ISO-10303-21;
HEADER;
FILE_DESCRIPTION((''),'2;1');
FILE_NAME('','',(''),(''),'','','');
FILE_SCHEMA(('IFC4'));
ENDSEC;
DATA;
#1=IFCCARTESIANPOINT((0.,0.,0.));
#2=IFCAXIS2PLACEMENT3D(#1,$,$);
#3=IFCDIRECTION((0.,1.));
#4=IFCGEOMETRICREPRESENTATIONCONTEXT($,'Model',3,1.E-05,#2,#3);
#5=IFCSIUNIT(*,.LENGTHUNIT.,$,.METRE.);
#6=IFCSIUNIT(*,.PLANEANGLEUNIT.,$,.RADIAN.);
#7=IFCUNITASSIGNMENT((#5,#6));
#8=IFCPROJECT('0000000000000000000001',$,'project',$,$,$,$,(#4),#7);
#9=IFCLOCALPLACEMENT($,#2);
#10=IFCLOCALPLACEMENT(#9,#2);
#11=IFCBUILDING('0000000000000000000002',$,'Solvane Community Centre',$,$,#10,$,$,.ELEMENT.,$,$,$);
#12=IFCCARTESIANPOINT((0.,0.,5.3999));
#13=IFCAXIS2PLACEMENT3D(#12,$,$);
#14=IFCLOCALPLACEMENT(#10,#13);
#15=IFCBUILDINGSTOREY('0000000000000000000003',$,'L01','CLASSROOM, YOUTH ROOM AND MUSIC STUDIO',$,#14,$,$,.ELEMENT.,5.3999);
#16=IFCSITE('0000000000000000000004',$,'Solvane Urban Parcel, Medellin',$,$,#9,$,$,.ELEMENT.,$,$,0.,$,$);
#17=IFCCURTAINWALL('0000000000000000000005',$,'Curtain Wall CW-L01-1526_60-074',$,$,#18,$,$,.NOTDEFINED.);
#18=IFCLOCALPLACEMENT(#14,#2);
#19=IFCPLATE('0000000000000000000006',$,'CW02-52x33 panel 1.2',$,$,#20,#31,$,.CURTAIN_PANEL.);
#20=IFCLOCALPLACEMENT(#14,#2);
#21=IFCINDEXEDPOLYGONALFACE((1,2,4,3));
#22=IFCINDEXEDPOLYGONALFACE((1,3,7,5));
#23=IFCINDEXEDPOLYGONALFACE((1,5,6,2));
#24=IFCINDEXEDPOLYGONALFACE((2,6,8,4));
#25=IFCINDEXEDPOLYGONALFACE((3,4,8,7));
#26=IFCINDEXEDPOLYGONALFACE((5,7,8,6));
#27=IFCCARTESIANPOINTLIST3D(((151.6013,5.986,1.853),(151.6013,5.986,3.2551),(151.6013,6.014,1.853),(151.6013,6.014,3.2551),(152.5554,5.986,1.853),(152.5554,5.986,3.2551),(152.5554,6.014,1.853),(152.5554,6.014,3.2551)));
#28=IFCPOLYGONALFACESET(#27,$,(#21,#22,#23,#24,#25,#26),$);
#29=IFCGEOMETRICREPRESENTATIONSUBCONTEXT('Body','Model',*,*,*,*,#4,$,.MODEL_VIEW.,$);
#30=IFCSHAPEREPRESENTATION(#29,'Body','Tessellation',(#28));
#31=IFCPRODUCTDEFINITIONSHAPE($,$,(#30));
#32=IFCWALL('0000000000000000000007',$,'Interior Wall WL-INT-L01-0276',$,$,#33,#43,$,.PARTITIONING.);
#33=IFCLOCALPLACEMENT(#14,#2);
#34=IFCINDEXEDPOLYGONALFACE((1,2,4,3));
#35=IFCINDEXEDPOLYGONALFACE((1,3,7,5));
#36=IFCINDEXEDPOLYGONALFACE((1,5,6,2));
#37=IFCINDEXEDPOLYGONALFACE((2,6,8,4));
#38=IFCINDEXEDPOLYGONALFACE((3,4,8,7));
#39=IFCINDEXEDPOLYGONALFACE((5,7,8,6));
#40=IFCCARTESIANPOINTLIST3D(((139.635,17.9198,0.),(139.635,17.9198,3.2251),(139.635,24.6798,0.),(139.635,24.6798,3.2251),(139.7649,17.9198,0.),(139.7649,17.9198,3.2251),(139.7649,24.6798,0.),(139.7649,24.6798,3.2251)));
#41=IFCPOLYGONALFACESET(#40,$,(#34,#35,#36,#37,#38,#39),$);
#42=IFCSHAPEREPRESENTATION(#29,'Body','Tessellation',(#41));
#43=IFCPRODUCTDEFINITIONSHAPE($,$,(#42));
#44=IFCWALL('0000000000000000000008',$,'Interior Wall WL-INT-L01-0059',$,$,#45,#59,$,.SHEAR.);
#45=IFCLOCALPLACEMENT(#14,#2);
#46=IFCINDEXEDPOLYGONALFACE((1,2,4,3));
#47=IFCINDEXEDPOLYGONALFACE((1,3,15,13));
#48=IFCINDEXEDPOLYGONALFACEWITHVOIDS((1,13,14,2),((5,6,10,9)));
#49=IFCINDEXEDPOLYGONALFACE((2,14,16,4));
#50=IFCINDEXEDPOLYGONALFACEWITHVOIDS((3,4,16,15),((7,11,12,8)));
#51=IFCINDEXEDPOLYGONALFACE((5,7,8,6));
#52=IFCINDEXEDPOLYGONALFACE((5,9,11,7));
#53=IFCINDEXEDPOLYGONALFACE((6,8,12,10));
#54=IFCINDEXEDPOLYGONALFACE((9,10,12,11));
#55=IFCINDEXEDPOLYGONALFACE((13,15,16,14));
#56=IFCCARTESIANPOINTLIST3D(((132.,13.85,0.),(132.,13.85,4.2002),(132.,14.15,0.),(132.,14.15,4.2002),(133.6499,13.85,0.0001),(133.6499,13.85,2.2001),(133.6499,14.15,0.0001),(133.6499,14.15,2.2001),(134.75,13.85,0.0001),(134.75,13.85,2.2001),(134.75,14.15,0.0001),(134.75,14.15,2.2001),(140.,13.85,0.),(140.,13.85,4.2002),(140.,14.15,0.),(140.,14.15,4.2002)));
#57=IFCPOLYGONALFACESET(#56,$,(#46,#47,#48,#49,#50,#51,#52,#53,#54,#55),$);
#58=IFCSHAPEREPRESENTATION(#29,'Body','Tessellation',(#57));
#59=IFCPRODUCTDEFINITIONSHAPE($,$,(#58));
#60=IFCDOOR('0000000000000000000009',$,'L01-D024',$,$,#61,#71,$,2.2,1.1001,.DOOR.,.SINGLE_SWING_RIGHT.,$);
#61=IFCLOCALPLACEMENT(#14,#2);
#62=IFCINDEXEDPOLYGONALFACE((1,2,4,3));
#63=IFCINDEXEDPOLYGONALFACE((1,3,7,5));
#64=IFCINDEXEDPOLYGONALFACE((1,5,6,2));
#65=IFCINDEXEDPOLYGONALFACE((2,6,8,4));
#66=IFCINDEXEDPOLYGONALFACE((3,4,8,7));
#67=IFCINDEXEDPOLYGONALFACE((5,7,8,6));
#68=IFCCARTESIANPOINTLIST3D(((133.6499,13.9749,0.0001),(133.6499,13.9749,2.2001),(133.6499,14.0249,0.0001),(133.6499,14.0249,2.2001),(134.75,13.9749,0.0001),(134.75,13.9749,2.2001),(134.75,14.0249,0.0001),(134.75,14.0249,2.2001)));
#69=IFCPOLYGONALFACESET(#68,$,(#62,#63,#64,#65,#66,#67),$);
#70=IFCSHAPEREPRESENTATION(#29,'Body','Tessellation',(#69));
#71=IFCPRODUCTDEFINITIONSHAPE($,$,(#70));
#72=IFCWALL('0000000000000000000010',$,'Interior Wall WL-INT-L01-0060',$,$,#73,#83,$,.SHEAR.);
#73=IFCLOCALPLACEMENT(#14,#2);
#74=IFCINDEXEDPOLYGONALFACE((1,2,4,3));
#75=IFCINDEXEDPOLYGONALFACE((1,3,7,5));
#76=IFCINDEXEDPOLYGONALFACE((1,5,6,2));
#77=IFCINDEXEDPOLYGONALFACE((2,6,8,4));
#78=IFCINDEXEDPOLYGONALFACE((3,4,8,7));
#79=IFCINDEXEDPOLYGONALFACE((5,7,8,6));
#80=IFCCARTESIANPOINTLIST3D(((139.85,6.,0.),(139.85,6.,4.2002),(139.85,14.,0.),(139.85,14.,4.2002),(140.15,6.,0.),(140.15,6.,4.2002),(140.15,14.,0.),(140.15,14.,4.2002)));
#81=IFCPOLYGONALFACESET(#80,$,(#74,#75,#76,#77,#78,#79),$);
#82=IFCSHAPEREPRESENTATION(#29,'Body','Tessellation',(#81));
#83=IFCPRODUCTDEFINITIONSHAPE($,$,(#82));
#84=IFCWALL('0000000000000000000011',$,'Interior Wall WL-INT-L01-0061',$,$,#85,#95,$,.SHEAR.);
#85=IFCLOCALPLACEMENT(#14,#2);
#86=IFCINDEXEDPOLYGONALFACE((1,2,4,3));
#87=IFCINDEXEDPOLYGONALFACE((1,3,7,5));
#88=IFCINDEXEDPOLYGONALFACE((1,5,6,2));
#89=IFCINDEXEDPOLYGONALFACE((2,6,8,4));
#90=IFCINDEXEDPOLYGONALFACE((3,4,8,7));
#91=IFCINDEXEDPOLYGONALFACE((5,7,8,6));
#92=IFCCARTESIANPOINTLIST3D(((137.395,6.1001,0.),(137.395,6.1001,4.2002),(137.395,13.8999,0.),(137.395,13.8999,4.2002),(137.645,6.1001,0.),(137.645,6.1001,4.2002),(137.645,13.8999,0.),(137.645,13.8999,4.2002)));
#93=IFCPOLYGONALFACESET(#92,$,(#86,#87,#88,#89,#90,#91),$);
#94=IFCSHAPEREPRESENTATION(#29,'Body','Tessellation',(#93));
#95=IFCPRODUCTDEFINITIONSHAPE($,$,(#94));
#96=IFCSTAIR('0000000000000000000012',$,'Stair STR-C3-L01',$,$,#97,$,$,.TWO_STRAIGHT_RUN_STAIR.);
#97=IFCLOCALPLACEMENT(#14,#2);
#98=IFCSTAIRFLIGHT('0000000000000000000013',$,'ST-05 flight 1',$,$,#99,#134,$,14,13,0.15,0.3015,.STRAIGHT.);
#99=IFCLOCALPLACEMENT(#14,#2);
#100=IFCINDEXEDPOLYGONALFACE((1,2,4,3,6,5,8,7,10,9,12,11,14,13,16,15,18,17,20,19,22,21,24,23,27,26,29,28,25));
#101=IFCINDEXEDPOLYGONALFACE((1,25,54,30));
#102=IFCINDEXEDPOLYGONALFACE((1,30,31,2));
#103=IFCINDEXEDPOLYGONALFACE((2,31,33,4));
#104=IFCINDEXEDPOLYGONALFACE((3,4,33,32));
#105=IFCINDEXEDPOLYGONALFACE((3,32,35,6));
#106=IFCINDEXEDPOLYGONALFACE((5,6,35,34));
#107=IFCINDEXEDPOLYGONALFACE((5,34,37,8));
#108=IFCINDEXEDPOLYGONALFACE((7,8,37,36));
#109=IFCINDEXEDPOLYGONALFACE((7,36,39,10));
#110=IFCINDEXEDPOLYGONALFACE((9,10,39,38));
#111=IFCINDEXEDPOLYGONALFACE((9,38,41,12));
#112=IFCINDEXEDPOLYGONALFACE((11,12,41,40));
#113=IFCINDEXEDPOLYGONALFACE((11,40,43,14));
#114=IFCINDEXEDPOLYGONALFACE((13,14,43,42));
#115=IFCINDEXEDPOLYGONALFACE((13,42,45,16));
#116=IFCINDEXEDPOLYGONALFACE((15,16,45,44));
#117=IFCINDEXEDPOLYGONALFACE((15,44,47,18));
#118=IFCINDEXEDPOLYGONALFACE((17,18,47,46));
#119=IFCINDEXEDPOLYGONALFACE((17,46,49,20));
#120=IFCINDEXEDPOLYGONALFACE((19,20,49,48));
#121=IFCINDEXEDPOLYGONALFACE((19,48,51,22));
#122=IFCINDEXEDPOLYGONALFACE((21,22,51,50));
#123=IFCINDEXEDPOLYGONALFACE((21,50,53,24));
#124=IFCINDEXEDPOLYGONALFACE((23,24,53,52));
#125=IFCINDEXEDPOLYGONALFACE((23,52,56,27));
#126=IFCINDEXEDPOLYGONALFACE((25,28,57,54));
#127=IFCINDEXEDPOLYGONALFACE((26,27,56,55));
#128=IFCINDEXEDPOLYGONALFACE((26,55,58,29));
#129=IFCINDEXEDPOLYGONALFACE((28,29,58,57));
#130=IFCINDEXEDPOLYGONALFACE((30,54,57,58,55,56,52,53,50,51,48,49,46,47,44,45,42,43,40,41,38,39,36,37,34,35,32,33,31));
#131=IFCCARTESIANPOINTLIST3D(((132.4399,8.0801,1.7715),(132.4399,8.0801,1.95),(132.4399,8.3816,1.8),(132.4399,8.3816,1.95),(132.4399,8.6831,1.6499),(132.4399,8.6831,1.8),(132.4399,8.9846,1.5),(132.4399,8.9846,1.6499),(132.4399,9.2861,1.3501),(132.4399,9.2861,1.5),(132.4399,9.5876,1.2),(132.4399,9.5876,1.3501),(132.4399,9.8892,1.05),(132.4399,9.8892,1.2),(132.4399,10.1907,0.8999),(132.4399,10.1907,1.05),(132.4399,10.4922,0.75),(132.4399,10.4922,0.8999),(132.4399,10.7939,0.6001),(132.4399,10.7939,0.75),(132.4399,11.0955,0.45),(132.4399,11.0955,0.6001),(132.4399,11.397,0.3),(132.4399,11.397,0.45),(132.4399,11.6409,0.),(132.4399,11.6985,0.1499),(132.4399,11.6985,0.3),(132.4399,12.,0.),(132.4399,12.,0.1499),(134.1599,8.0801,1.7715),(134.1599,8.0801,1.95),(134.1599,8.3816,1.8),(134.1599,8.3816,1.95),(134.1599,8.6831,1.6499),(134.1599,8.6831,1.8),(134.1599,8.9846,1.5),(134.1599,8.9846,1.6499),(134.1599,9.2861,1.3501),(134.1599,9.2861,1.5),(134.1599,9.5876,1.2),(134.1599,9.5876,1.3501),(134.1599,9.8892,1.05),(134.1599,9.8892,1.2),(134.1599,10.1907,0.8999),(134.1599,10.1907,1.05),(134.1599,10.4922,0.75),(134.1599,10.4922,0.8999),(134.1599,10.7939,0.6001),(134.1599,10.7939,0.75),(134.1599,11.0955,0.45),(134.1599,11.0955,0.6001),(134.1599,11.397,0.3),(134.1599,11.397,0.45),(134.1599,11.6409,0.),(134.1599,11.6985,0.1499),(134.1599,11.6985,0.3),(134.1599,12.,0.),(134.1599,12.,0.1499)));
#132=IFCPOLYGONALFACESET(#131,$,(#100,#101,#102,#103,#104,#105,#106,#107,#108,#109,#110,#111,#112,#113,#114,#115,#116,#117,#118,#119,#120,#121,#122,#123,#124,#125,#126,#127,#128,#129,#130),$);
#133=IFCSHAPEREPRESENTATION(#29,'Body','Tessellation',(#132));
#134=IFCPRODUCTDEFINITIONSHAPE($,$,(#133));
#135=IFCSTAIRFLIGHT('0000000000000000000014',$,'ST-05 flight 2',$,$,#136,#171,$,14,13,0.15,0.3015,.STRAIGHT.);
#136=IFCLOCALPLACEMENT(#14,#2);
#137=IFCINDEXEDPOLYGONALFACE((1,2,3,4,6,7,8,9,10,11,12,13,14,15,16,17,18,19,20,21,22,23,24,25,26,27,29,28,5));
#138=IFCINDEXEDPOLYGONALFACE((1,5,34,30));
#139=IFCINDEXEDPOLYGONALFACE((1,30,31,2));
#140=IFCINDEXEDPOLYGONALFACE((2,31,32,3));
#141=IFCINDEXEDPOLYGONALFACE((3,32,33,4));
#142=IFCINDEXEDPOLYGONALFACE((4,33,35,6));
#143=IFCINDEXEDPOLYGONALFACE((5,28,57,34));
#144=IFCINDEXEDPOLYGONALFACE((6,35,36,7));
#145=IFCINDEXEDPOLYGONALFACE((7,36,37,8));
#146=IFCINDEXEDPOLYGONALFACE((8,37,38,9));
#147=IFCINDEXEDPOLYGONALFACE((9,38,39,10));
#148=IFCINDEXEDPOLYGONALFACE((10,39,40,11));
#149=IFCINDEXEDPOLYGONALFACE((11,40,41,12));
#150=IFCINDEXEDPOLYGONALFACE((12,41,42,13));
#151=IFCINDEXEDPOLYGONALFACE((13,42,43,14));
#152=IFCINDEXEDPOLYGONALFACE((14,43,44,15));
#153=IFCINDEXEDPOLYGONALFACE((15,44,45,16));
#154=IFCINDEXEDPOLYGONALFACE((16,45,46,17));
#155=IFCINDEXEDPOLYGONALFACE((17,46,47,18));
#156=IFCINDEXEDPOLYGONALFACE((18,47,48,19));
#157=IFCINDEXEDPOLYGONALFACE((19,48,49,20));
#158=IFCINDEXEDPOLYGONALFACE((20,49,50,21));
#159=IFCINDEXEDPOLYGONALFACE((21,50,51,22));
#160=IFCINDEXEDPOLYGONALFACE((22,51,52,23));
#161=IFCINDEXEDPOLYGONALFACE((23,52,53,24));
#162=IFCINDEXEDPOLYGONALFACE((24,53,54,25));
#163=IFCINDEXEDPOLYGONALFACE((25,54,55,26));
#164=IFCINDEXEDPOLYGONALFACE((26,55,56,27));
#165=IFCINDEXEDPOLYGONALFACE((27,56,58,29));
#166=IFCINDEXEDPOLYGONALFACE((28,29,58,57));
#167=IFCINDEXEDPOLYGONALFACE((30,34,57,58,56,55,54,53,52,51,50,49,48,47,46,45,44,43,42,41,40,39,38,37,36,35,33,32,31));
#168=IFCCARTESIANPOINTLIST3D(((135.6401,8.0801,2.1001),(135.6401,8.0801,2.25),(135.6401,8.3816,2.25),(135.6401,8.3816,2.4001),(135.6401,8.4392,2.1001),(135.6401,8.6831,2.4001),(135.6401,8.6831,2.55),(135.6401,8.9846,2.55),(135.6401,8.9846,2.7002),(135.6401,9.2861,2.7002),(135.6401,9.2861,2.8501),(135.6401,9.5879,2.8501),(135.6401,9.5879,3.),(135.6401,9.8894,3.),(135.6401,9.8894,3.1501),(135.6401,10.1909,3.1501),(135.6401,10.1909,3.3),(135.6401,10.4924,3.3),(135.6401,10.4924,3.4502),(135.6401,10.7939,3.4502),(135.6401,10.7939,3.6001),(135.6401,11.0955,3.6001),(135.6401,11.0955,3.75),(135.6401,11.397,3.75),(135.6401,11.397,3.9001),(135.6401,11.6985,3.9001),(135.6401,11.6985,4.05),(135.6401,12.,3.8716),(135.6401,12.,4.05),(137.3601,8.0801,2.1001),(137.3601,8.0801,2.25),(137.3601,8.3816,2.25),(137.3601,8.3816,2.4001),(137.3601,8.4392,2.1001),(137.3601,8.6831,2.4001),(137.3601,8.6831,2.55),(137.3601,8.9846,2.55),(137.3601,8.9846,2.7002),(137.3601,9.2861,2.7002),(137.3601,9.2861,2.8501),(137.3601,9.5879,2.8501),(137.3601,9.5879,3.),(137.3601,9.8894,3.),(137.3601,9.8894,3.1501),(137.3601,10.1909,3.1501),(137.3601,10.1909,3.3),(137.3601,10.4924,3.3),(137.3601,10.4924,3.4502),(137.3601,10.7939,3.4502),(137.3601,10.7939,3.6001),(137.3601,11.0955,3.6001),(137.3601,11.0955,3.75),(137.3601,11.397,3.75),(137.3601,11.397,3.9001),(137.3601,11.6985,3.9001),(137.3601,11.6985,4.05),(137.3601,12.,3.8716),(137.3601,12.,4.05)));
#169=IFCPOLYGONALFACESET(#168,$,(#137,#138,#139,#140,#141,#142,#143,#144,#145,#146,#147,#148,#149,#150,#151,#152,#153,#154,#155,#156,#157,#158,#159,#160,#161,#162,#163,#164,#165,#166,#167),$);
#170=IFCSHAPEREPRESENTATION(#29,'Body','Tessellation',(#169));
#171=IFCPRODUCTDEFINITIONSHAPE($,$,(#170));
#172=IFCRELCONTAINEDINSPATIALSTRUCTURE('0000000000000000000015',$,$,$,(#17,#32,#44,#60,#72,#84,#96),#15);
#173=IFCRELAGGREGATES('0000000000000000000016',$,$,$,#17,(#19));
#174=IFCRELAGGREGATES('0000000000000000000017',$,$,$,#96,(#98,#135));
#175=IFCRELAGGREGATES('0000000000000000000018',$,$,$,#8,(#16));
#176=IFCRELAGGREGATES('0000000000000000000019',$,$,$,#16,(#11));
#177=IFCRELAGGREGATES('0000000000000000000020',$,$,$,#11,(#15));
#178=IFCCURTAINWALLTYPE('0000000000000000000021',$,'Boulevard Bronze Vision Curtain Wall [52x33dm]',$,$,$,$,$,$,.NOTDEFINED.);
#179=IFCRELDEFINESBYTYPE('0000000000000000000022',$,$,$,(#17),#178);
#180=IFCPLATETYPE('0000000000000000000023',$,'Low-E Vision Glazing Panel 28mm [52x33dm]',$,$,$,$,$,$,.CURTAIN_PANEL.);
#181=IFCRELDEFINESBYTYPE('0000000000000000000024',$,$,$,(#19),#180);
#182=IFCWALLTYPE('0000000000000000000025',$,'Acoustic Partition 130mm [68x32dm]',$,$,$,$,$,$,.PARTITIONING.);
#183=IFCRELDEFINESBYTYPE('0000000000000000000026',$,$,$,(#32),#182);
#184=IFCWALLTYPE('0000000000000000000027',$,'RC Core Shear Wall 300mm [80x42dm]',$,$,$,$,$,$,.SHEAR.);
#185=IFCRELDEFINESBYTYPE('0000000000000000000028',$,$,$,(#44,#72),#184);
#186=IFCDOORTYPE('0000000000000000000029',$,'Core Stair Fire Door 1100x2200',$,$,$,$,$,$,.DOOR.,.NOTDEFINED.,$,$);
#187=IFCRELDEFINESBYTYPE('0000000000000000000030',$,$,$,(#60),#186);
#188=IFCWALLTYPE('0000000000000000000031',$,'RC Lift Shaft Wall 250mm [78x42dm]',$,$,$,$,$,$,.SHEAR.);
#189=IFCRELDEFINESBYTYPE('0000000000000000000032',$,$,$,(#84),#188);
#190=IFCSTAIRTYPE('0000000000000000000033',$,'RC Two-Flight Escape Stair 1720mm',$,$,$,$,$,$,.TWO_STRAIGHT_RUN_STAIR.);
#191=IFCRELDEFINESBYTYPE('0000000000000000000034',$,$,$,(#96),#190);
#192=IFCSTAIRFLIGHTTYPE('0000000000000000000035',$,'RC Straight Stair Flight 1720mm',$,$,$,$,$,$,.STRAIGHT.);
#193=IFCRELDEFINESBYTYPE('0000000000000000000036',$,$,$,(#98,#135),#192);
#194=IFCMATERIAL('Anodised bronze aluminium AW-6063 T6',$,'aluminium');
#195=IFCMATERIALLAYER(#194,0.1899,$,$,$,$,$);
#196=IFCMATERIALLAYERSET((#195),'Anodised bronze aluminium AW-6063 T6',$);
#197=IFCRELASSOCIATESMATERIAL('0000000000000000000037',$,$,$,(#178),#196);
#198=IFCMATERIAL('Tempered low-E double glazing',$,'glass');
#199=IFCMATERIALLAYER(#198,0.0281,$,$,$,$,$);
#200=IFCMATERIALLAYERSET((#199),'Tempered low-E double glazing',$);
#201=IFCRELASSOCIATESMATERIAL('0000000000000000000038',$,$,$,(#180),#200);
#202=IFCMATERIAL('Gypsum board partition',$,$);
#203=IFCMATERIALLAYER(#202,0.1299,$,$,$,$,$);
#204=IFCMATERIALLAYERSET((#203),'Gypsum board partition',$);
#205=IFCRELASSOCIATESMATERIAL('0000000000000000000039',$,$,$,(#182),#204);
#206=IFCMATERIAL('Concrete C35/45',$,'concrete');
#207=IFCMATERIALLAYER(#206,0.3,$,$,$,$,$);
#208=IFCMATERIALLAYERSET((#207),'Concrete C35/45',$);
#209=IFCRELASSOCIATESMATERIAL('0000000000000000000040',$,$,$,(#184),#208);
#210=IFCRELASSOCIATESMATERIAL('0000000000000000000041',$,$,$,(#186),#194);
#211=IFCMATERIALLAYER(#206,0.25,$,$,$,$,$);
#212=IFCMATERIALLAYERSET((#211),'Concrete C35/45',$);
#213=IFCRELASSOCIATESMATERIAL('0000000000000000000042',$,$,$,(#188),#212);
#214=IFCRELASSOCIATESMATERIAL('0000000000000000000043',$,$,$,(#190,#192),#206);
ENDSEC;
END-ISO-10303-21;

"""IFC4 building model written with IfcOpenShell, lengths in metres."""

from ifc_helpers import new_model, si_unit, direction, frame, frame_2d, origin, origin_2d, place, context, subcontext, project, spatial, polyline, rectangle, outline, extrude, material, layer, layer_set, type_object, element, fill, aggregate, save


model = new_model("IFC4")

# Units and contexts
model_context = context("Model", 3, precision=1e-05, world=origin(), true_north=direction((0.0, 1.0)))
body_context = subcontext(model_context, "Body", "Model", "MODEL_VIEW")
ifc_project = project(units=[si_unit("LENGTHUNIT", "METRE"), si_unit("PLANEANGLEUNIT", "RADIAN")], contexts=[model_context])

# Site, building, storey
site_placement = place(None, origin())
site = spatial("IfcSite", under=ifc_project, at=site_placement, Name="Solvane Urban Parcel, Medellin", CompositionType="ELEMENT", RefElevation=0.0)
building_placement = place(site_placement, origin())
building = spatial("IfcBuilding", under=site, at=building_placement, Name="Solvane Community Centre", CompositionType="ELEMENT")
storey_placement = place(building_placement, frame((0.0, 0.0, 5.3999)))
storey = spatial("IfcBuildingStorey", under=building, at=storey_placement, Name="L01", Description="CLASSROOM, YOUTH ROOM AND MUSIC STUDIO", CompositionType="ELEMENT", Elevation=5.3999)

# Shared definitions
ifc_material_1 = material(Name="Concrete C35/45", Category="concrete")

# Curtain wall
ifc_material_2 = material(Name="Anodised bronze aluminium AW-6063 T6", Category="aluminium")
ifc_layer_1 = layer(ifc_material_2, 0.1899)
ifc_layer_set_1 = layer_set([ifc_layer_1], Name="Anodised bronze aluminium AW-6063 T6")
curtain_wall_type = type_object("IfcCurtainWallType", Name="Boulevard Bronze Vision Curtain Wall [52x33dm]", PredefinedType="NOTDEFINED", material=ifc_layer_set_1)
curtain_wall_placement = place(storey_placement, origin())
curtain_wall = element("IfcCurtainWall", 1, at=curtain_wall_placement, inside=storey, type_object=curtain_wall_type, Name="Curtain Wall CW-L01-1526_60-074", PredefinedType="NOTDEFINED")

# Plate
ifc_material_3 = material(Name="Tempered low-E double glazing", Category="glass")
ifc_layer_2 = layer(ifc_material_3, 0.0281)
ifc_layer_set_2 = layer_set([ifc_layer_2], Name="Tempered low-E double glazing")
plate_type = type_object("IfcPlateType", Name="Low-E Vision Glazing Panel 28mm [52x33dm]", PredefinedType="CURTAIN_PANEL", material=ifc_layer_set_2)
plate_1_placement = place(storey_placement, frame((152.0784, 6.0, 1.853), z_axis=(0.0, 0.0, 1.0), x_axis=(-1.0, 0.0, 0.0)))
plate_1 = element("IfcPlate", 2, at=plate_1_placement, type_object=plate_type, Name="CW02-52x33 panel 1.2", PredefinedType="CURTAIN_PANEL", context=body_context, shape_type="SweptSolid", body=[
    extrude(rectangle(XDim=0.9541, YDim=0.0281, at=origin_2d()), origin(), (0.0, 0.0, 1.0), 1.4021),
])
aggregate(curtain_wall, [plate_1])

# Wall
ifc_material_4 = material(Name="Gypsum board partition")
ifc_layer_3 = layer(ifc_material_4, 0.1299)
ifc_layer_set_3 = layer_set([ifc_layer_3], Name="Gypsum board partition")
wall_type_1 = type_object("IfcWallType", Name="Acoustic Partition 130mm [68x32dm]", PredefinedType="PARTITIONING", material=ifc_layer_set_3)
wall_1_placement = place(storey_placement, frame((139.7, 17.9199, 0.0), z_axis=(0.0, 0.0, 1.0), x_axis=(0.0, 1.0, 0.0)))
element("IfcWall", 3, at=wall_1_placement, inside=storey, type_object=wall_type_1, Name="Interior Wall WL-INT-L01-0276", PredefinedType="PARTITIONING", context=body_context, shape_type="SweptSolid", body=[
    extrude(rectangle(XDim=6.76, YDim=0.1299, at=frame_2d((3.3799, 0.0))), origin(), (0.0, 0.0, 1.0), 3.2251),
])

# Wall, opening, door
ifc_layer_4 = layer(ifc_material_1, 0.3)
ifc_layer_set_4 = layer_set([ifc_layer_4], Name="Concrete C35/45")
wall_type_2 = type_object("IfcWallType", Name="RC Core Shear Wall 300mm [80x42dm]", PredefinedType="SHEAR", material=ifc_layer_set_4)
wall_2_placement = place(storey_placement, frame((132.0, 14.0, 0.0), z_axis=(0.0, 0.0, 1.0), x_axis=(1.0, 0.0, 0.0)))
wall_2 = element("IfcWall", 4, at=wall_2_placement, inside=storey, type_object=wall_type_2, Name="Interior Wall WL-INT-L01-0059", PredefinedType="SHEAR", context=body_context, shape_type="SweptSolid", body=[
    extrude(rectangle(XDim=8.0, YDim=0.3, at=frame_2d((4.0, 0.0))), origin(), (0.0, 0.0, 1.0), 4.2002),
])
opening_placement = place(wall_2_placement, frame((1.6499, 0.0, 0.0)))
opening = element("IfcOpeningElement", 5, at=opening_placement, cuts=wall_2, PredefinedType="OPENING", context=body_context, shape_type="SweptSolid", body=[
    extrude(rectangle(XDim=1.1001, YDim=2.2, at=frame_2d((0.55, 1.1001))), frame((0.0, 0.1599, 0.0), z_axis=(0.0, -1.0, 0.0), x_axis=(1.0, 0.0, 0.0)), (0.0, 0.0, 1.0), 0.3201),
])
door_type = type_object("IfcDoorType", Name="Core Stair Fire Door 1100x2200", OperationType="NOTDEFINED", PredefinedType="DOOR", material=ifc_material_2)
door_placement = place(opening_placement, origin())
door = element("IfcDoor", 6, at=door_placement, inside=storey, type_object=door_type, Name="L01-D024", OperationType="SINGLE_SWING_RIGHT", OverallHeight=2.2, OverallWidth=1.1001, PredefinedType="DOOR", context=body_context, shape_type="SweptSolid", body=[
    extrude(rectangle(XDim=1.1001, YDim=2.2, at=frame_2d((0.55, 1.1001))), frame((0.0, 0.0249, 0.0), z_axis=(0.0, -1.0, 0.0), x_axis=(1.0, 0.0, 0.0)), (0.0, 0.0, 1.0), 0.05),
])
fill(opening, door)

# Walls
wall_3_placement = place(storey_placement, frame((140.0, 14.0, 0.0), z_axis=(0.0, 0.0, 1.0), x_axis=(0.0, -1.0, 0.0)))
element("IfcWall", 7, at=wall_3_placement, inside=storey, type_object=wall_type_2, Name="Interior Wall WL-INT-L01-0060", PredefinedType="SHEAR", context=body_context, shape_type="SweptSolid", body=[
    extrude(rectangle(XDim=8.0, YDim=0.3, at=frame_2d((4.0, 0.0))), origin(), (0.0, 0.0, 1.0), 4.2002),
])
ifc_layer_5 = layer(ifc_material_1, 0.25)
ifc_layer_set_5 = layer_set([ifc_layer_5], Name="Concrete C35/45")
wall_type_3 = type_object("IfcWallType", Name="RC Lift Shaft Wall 250mm [78x42dm]", PredefinedType="SHEAR", material=ifc_layer_set_5)
wall_4_placement = place(storey_placement, frame((137.52, 6.1001, 0.0), z_axis=(0.0, 0.0, 1.0), x_axis=(0.0, 1.0, 0.0)))
element("IfcWall", 8, at=wall_4_placement, inside=storey, type_object=wall_type_3, Name="Interior Wall WL-INT-L01-0061", PredefinedType="SHEAR", context=body_context, shape_type="SweptSolid", body=[
    extrude(rectangle(XDim=7.7998, YDim=0.25, at=frame_2d((3.8999, 0.0))), origin(), (0.0, 0.0, 1.0), 4.2002),
])

# Stair, stair flights
stair_type = type_object("IfcStairType", Name="RC Two-Flight Escape Stair 1720mm", PredefinedType="TWO_STRAIGHT_RUN_STAIR", material=ifc_material_1)
stair_placement = place(storey_placement, origin())
stair = element("IfcStair", 9, at=stair_placement, inside=storey, type_object=stair_type, Name="Stair STR-C3-L01", PredefinedType="TWO_STRAIGHT_RUN_STAIR")
stair_flight_type = type_object("IfcStairFlightType", Name="RC Straight Stair Flight 1720mm", PredefinedType="STRAIGHT", material=ifc_material_1)
stair_flight_1_placement = place(storey_placement, frame((133.3, 12.0, 0.0), z_axis=(0.0, 0.0, 1.0), x_axis=(0.0, -1.0, 0.0)))
stair_flight_1 = element("IfcStairFlight", 10, at=stair_flight_1_placement, type_object=stair_flight_type, Name="ST-05 flight 1", NumberOfRisers=14, NumberOfTreads=13, PredefinedType="STRAIGHT", RiserHeight=0.15, TreadLength=0.3015, context=body_context, shape_type="SweptSolid", body=[
    extrude(outline(polyline([(0.0, 0.0), (0.0, 0.1499), (0.3015, 0.1499), (0.3015, 0.3), (0.603, 0.3), (0.603, 0.45), (0.9045, 0.45), (0.9045, 0.6001), (1.2061, 0.6001), (1.2061, 0.75), (1.5078, 0.75), (1.5078, 0.8999), (1.8093, 0.8999), (1.8093, 1.05), (2.1108, 1.05), (2.1108, 1.2), (2.4124, 1.2), (2.4124, 1.3501), (2.7139, 1.3501), (2.7139, 1.5), (3.0154, 1.5), (3.0154, 1.6499), (3.3169, 1.6499), (3.3169, 1.8), (3.6184, 1.8), (3.6184, 1.95), (3.9199, 1.95), (3.9199, 2.1001), (3.9199, 1.7715), (0.3591, 0.0), (0.0, 0.0)])), frame((0.0, 0.8599, 0.0), z_axis=(0.0, -1.0, 0.0), x_axis=(1.0, 0.0, 0.0)), (0.0, 0.0, 1.0), 1.72),
])
stair_flight_2_placement = place(storey_placement, frame((136.5, 8.0801, 2.1001), z_axis=(0.0, 0.0, 1.0), x_axis=(0.0, 1.0, 0.0)))
stair_flight_2 = element("IfcStairFlight", 11, at=stair_flight_2_placement, type_object=stair_flight_type, Name="ST-05 flight 2", NumberOfRisers=14, NumberOfTreads=13, PredefinedType="STRAIGHT", RiserHeight=0.15, TreadLength=0.3015, context=body_context, shape_type="SweptSolid", body=[
    extrude(outline(polyline([(0.0, 0.0), (0.0, 0.1499), (0.3015, 0.1499), (0.3015, 0.3), (0.603, 0.3), (0.603, 0.45), (0.9045, 0.45), (0.9045, 0.6001), (1.2061, 0.6001), (1.2061, 0.75), (1.5078, 0.75), (1.5078, 0.8999), (1.8093, 0.8999), (1.8093, 1.05), (2.1108, 1.05), (2.1108, 1.2), (2.4124, 1.2), (2.4124, 1.3501), (2.7139, 1.3501), (2.7139, 1.5), (3.0154, 1.5), (3.0154, 1.6499), (3.3169, 1.6499), (3.3169, 1.8), (3.6184, 1.8), (3.6184, 1.95), (3.9199, 1.95), (3.9199, 2.1001), (3.9199, 1.7715), (0.3591, 0.0), (0.0, 0.0)])), frame((0.0, 0.8599, 0.0), z_axis=(0.0, -1.0, 0.0), x_axis=(1.0, 0.0, 0.0)), (0.0, 0.0, 1.0), 1.72),
])
aggregate(stair, [stair_flight_1, stair_flight_2])

save(model, "model.ifc")
